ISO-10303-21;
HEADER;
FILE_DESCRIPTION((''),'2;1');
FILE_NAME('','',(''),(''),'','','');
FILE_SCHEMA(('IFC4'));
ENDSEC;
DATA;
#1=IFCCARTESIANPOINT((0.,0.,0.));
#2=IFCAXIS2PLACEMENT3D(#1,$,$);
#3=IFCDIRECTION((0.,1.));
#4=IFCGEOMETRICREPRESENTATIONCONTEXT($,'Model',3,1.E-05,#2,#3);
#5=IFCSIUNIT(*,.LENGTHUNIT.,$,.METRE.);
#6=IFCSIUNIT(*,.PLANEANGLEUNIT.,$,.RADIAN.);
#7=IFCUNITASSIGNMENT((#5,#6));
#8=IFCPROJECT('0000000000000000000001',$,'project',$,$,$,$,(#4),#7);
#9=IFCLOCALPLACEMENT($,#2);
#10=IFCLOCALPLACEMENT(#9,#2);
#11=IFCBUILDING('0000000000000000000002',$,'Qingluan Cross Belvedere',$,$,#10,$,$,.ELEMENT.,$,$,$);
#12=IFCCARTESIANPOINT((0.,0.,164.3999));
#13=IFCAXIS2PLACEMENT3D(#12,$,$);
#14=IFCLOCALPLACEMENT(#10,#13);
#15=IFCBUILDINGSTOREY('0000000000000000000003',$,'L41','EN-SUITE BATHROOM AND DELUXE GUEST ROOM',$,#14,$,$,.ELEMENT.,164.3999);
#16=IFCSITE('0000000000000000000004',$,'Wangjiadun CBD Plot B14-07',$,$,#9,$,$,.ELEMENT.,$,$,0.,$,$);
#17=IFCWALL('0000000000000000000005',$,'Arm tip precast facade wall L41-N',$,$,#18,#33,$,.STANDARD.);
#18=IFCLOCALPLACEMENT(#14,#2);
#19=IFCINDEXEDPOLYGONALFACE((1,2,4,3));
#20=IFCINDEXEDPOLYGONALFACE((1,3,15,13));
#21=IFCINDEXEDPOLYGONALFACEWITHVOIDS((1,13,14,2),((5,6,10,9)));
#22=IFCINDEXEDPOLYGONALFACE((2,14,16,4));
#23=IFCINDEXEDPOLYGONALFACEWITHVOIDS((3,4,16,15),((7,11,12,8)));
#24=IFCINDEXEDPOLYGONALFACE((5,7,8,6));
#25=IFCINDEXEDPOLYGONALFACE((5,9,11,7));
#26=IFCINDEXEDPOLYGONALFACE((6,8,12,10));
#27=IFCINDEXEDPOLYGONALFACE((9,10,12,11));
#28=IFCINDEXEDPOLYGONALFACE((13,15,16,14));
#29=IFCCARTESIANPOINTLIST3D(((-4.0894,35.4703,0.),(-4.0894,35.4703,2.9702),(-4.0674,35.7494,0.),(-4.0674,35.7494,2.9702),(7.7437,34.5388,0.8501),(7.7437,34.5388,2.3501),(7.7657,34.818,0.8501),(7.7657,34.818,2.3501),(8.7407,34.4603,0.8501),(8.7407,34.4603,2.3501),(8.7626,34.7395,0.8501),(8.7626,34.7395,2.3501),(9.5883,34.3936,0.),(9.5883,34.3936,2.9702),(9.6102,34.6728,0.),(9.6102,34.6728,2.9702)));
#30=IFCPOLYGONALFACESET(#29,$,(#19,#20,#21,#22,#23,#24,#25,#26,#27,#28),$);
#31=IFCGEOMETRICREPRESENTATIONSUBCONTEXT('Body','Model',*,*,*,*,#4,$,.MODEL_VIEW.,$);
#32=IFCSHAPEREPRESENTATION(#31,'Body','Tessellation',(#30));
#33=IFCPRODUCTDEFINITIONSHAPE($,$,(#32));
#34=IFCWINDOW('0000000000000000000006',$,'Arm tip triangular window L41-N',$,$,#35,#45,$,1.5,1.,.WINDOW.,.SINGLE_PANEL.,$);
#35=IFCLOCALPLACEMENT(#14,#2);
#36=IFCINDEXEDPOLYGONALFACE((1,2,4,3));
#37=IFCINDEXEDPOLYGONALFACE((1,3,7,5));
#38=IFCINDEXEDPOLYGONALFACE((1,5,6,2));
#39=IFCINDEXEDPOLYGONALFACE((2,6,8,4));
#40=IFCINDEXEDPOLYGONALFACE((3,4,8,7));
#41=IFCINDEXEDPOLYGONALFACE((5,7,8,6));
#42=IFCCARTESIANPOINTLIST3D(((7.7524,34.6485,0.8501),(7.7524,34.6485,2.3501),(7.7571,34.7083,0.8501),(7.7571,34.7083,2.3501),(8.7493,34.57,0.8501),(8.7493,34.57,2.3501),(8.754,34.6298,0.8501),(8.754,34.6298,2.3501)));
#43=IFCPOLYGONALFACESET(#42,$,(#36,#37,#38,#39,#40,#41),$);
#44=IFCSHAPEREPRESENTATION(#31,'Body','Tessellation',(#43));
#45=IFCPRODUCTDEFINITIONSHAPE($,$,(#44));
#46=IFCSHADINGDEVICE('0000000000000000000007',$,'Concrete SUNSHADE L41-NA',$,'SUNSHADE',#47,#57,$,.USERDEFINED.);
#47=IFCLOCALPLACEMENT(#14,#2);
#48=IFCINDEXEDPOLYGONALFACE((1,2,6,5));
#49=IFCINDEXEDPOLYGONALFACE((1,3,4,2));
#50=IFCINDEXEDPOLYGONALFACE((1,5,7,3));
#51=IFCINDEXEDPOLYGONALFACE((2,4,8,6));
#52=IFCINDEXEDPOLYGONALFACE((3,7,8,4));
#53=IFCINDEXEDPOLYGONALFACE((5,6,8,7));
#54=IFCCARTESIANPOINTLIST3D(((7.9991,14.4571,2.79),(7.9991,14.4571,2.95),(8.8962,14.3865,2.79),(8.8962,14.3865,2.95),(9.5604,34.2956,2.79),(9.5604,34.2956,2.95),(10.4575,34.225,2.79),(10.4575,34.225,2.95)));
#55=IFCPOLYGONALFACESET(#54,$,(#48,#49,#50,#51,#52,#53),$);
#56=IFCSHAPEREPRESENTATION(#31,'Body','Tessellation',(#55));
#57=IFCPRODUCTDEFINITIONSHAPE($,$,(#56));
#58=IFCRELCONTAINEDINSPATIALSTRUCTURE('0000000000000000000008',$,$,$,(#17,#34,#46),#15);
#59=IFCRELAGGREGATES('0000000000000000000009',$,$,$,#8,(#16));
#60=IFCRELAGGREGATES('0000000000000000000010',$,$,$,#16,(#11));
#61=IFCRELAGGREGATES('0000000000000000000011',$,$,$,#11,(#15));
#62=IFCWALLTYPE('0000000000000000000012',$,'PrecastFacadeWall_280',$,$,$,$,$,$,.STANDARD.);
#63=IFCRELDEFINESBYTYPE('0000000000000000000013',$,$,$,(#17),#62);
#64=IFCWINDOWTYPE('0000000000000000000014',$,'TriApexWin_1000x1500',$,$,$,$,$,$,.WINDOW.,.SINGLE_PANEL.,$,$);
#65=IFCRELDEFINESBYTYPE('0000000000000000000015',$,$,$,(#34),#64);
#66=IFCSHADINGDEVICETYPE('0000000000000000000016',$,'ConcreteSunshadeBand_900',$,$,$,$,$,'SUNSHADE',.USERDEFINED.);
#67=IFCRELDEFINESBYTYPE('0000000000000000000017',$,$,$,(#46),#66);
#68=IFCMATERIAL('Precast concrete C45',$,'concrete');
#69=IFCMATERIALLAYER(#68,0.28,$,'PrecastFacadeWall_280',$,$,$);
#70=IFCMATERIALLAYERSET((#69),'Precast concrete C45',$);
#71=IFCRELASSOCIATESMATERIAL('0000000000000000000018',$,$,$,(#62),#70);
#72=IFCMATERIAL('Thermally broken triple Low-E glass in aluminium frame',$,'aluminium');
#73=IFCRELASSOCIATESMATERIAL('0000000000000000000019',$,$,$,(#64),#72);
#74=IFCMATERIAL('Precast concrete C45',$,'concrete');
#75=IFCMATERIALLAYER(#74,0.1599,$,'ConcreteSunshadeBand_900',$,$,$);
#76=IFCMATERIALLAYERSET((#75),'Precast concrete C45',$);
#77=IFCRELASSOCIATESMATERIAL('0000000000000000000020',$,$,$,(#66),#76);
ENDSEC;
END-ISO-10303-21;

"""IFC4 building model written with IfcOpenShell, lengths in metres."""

from ifc_helpers import new_model, si_unit, direction, frame, frame_2d, origin, origin_2d, place, context, subcontext, project, spatial, rectangle, extrude, material, layer, layer_set, type_object, element, fill, save


model = new_model("IFC4")

# Units and contexts
model_context = context("Model", 3, precision=1e-05, world=origin(), true_north=direction((0.0, 1.0)))
body_context = subcontext(model_context, "Body", "Model", "MODEL_VIEW")
ifc_project = project(units=[si_unit("LENGTHUNIT", "METRE"), si_unit("PLANEANGLEUNIT", "RADIAN")], contexts=[model_context])

# Site, building, storey
site_placement = place(None, origin())
site = spatial("IfcSite", under=ifc_project, at=site_placement, Name="Wangjiadun CBD Plot B14-07", CompositionType="ELEMENT", RefElevation=0.0)
building_placement = place(site_placement, origin())
building = spatial("IfcBuilding", under=site, at=building_placement, Name="Qingluan Cross Belvedere", CompositionType="ELEMENT")
storey_placement = place(building_placement, frame((0.0, 0.0, 164.3999)))
storey = spatial("IfcBuildingStorey", under=building, at=storey_placement, Name="L41", Description="EN-SUITE BATHROOM AND DELUXE GUEST ROOM", CompositionType="ELEMENT", Elevation=164.3999)

# Wall, opening, window
ifc_material_1 = material(Name="Precast concrete C45", Category="concrete")
ifc_layer_1 = layer(ifc_material_1, 0.28, Name="PrecastFacadeWall_280")
ifc_layer_set_1 = layer_set([ifc_layer_1], Name="Precast concrete C45")
wall_type_1 = type_object("IfcWallType", Name="PrecastFacadeWall_280", PredefinedType="STANDARD", material=ifc_layer_set_1)
wall_1_placement = place(storey_placement, frame((9.5991, 34.5332, 0.0), z_axis=(0.0, 0.0, 1.0), x_axis=(-0.996916, 0.078474, 0.0)))
wall_1 = element("IfcWall", 1, at=wall_1_placement, inside=storey, type_object=wall_type_1, Name="Arm tip precast facade wall L41-N", PredefinedType="STANDARD", context=body_context, shape_type="SweptSolid", body=[
    extrude(rectangle(XDim=13.72, YDim=0.28, at=frame_2d((6.8599, 0.0))), origin(), (0.0, 0.0, 1.0), 2.9702),
])
opening_1_placement = place(wall_1_placement, frame((0.8501, 0.0, 0.8501)))
opening_1 = element("IfcOpeningElement", 2, at=opening_1_placement, cuts=wall_1, PredefinedType="OPENING", context=body_context, shape_type="SweptSolid", body=[
    extrude(rectangle(XDim=1.0, YDim=1.5, at=frame_2d((0.5, 0.75))), frame((0.0, 0.1499, 0.0), z_axis=(0.0, -1.0, 0.0), x_axis=(1.0, 0.0, 0.0)), (0.0, 0.0, 1.0), 0.3),
])
ifc_material_2 = material(Name="Thermally broken triple Low-E glass in aluminium frame", Category="aluminium")
window_type = type_object("IfcWindowType", Name="TriApexWin_1000x1500", PartitioningType="SINGLE_PANEL", PredefinedType="WINDOW", material=ifc_material_2)
window_placement = place(opening_1_placement, origin())
window = element("IfcWindow", 3, at=window_placement, inside=storey, type_object=window_type, Name="Arm tip triangular window L41-N", OverallHeight=1.5, OverallWidth=1.0, PartitioningType="SINGLE_PANEL", PredefinedType="WINDOW", context=body_context, shape_type="SweptSolid", body=[
    extrude(rectangle(XDim=1.0, YDim=1.5, at=frame_2d((0.5, 0.75))), frame((0.0, 0.03, 0.0), z_axis=(0.0, -1.0, 0.0), x_axis=(1.0, 0.0, 0.0)), (0.0, 0.0, 1.0), 0.0601),
])
fill(opening_1, window)

# Shading device
ifc_material_3 = material(Name="Precast concrete C45", Category="concrete")
ifc_layer_2 = layer(ifc_material_3, 0.1599, Name="ConcreteSunshadeBand_900")
ifc_layer_set_2 = layer_set([ifc_layer_2], Name="Precast concrete C45")
shading_device_type = type_object("IfcShadingDeviceType", Name="ConcreteSunshadeBand_900", ElementType="SUNSHADE", PredefinedType="USERDEFINED", material=ifc_layer_set_2)
shading_device_placement = place(storey_placement, frame((9.2283, 24.3411, 2.79), z_axis=(0.0, 0.0, 1.0), x_axis=(0.078458, 0.996917, 0.0)))
element("IfcShadingDevice", 4, at=shading_device_placement, inside=storey, type_object=shading_device_type, Name="Concrete SUNSHADE L41-NA", ObjectType="SUNSHADE", PredefinedType="USERDEFINED", context=body_context, shape_type="SweptSolid", body=[
    extrude(rectangle(XDim=19.8999, YDim=0.8999, at=origin_2d()), origin(), (0.0, 0.0, 1.0), 0.1599),
])

save(model, "model.ifc")
